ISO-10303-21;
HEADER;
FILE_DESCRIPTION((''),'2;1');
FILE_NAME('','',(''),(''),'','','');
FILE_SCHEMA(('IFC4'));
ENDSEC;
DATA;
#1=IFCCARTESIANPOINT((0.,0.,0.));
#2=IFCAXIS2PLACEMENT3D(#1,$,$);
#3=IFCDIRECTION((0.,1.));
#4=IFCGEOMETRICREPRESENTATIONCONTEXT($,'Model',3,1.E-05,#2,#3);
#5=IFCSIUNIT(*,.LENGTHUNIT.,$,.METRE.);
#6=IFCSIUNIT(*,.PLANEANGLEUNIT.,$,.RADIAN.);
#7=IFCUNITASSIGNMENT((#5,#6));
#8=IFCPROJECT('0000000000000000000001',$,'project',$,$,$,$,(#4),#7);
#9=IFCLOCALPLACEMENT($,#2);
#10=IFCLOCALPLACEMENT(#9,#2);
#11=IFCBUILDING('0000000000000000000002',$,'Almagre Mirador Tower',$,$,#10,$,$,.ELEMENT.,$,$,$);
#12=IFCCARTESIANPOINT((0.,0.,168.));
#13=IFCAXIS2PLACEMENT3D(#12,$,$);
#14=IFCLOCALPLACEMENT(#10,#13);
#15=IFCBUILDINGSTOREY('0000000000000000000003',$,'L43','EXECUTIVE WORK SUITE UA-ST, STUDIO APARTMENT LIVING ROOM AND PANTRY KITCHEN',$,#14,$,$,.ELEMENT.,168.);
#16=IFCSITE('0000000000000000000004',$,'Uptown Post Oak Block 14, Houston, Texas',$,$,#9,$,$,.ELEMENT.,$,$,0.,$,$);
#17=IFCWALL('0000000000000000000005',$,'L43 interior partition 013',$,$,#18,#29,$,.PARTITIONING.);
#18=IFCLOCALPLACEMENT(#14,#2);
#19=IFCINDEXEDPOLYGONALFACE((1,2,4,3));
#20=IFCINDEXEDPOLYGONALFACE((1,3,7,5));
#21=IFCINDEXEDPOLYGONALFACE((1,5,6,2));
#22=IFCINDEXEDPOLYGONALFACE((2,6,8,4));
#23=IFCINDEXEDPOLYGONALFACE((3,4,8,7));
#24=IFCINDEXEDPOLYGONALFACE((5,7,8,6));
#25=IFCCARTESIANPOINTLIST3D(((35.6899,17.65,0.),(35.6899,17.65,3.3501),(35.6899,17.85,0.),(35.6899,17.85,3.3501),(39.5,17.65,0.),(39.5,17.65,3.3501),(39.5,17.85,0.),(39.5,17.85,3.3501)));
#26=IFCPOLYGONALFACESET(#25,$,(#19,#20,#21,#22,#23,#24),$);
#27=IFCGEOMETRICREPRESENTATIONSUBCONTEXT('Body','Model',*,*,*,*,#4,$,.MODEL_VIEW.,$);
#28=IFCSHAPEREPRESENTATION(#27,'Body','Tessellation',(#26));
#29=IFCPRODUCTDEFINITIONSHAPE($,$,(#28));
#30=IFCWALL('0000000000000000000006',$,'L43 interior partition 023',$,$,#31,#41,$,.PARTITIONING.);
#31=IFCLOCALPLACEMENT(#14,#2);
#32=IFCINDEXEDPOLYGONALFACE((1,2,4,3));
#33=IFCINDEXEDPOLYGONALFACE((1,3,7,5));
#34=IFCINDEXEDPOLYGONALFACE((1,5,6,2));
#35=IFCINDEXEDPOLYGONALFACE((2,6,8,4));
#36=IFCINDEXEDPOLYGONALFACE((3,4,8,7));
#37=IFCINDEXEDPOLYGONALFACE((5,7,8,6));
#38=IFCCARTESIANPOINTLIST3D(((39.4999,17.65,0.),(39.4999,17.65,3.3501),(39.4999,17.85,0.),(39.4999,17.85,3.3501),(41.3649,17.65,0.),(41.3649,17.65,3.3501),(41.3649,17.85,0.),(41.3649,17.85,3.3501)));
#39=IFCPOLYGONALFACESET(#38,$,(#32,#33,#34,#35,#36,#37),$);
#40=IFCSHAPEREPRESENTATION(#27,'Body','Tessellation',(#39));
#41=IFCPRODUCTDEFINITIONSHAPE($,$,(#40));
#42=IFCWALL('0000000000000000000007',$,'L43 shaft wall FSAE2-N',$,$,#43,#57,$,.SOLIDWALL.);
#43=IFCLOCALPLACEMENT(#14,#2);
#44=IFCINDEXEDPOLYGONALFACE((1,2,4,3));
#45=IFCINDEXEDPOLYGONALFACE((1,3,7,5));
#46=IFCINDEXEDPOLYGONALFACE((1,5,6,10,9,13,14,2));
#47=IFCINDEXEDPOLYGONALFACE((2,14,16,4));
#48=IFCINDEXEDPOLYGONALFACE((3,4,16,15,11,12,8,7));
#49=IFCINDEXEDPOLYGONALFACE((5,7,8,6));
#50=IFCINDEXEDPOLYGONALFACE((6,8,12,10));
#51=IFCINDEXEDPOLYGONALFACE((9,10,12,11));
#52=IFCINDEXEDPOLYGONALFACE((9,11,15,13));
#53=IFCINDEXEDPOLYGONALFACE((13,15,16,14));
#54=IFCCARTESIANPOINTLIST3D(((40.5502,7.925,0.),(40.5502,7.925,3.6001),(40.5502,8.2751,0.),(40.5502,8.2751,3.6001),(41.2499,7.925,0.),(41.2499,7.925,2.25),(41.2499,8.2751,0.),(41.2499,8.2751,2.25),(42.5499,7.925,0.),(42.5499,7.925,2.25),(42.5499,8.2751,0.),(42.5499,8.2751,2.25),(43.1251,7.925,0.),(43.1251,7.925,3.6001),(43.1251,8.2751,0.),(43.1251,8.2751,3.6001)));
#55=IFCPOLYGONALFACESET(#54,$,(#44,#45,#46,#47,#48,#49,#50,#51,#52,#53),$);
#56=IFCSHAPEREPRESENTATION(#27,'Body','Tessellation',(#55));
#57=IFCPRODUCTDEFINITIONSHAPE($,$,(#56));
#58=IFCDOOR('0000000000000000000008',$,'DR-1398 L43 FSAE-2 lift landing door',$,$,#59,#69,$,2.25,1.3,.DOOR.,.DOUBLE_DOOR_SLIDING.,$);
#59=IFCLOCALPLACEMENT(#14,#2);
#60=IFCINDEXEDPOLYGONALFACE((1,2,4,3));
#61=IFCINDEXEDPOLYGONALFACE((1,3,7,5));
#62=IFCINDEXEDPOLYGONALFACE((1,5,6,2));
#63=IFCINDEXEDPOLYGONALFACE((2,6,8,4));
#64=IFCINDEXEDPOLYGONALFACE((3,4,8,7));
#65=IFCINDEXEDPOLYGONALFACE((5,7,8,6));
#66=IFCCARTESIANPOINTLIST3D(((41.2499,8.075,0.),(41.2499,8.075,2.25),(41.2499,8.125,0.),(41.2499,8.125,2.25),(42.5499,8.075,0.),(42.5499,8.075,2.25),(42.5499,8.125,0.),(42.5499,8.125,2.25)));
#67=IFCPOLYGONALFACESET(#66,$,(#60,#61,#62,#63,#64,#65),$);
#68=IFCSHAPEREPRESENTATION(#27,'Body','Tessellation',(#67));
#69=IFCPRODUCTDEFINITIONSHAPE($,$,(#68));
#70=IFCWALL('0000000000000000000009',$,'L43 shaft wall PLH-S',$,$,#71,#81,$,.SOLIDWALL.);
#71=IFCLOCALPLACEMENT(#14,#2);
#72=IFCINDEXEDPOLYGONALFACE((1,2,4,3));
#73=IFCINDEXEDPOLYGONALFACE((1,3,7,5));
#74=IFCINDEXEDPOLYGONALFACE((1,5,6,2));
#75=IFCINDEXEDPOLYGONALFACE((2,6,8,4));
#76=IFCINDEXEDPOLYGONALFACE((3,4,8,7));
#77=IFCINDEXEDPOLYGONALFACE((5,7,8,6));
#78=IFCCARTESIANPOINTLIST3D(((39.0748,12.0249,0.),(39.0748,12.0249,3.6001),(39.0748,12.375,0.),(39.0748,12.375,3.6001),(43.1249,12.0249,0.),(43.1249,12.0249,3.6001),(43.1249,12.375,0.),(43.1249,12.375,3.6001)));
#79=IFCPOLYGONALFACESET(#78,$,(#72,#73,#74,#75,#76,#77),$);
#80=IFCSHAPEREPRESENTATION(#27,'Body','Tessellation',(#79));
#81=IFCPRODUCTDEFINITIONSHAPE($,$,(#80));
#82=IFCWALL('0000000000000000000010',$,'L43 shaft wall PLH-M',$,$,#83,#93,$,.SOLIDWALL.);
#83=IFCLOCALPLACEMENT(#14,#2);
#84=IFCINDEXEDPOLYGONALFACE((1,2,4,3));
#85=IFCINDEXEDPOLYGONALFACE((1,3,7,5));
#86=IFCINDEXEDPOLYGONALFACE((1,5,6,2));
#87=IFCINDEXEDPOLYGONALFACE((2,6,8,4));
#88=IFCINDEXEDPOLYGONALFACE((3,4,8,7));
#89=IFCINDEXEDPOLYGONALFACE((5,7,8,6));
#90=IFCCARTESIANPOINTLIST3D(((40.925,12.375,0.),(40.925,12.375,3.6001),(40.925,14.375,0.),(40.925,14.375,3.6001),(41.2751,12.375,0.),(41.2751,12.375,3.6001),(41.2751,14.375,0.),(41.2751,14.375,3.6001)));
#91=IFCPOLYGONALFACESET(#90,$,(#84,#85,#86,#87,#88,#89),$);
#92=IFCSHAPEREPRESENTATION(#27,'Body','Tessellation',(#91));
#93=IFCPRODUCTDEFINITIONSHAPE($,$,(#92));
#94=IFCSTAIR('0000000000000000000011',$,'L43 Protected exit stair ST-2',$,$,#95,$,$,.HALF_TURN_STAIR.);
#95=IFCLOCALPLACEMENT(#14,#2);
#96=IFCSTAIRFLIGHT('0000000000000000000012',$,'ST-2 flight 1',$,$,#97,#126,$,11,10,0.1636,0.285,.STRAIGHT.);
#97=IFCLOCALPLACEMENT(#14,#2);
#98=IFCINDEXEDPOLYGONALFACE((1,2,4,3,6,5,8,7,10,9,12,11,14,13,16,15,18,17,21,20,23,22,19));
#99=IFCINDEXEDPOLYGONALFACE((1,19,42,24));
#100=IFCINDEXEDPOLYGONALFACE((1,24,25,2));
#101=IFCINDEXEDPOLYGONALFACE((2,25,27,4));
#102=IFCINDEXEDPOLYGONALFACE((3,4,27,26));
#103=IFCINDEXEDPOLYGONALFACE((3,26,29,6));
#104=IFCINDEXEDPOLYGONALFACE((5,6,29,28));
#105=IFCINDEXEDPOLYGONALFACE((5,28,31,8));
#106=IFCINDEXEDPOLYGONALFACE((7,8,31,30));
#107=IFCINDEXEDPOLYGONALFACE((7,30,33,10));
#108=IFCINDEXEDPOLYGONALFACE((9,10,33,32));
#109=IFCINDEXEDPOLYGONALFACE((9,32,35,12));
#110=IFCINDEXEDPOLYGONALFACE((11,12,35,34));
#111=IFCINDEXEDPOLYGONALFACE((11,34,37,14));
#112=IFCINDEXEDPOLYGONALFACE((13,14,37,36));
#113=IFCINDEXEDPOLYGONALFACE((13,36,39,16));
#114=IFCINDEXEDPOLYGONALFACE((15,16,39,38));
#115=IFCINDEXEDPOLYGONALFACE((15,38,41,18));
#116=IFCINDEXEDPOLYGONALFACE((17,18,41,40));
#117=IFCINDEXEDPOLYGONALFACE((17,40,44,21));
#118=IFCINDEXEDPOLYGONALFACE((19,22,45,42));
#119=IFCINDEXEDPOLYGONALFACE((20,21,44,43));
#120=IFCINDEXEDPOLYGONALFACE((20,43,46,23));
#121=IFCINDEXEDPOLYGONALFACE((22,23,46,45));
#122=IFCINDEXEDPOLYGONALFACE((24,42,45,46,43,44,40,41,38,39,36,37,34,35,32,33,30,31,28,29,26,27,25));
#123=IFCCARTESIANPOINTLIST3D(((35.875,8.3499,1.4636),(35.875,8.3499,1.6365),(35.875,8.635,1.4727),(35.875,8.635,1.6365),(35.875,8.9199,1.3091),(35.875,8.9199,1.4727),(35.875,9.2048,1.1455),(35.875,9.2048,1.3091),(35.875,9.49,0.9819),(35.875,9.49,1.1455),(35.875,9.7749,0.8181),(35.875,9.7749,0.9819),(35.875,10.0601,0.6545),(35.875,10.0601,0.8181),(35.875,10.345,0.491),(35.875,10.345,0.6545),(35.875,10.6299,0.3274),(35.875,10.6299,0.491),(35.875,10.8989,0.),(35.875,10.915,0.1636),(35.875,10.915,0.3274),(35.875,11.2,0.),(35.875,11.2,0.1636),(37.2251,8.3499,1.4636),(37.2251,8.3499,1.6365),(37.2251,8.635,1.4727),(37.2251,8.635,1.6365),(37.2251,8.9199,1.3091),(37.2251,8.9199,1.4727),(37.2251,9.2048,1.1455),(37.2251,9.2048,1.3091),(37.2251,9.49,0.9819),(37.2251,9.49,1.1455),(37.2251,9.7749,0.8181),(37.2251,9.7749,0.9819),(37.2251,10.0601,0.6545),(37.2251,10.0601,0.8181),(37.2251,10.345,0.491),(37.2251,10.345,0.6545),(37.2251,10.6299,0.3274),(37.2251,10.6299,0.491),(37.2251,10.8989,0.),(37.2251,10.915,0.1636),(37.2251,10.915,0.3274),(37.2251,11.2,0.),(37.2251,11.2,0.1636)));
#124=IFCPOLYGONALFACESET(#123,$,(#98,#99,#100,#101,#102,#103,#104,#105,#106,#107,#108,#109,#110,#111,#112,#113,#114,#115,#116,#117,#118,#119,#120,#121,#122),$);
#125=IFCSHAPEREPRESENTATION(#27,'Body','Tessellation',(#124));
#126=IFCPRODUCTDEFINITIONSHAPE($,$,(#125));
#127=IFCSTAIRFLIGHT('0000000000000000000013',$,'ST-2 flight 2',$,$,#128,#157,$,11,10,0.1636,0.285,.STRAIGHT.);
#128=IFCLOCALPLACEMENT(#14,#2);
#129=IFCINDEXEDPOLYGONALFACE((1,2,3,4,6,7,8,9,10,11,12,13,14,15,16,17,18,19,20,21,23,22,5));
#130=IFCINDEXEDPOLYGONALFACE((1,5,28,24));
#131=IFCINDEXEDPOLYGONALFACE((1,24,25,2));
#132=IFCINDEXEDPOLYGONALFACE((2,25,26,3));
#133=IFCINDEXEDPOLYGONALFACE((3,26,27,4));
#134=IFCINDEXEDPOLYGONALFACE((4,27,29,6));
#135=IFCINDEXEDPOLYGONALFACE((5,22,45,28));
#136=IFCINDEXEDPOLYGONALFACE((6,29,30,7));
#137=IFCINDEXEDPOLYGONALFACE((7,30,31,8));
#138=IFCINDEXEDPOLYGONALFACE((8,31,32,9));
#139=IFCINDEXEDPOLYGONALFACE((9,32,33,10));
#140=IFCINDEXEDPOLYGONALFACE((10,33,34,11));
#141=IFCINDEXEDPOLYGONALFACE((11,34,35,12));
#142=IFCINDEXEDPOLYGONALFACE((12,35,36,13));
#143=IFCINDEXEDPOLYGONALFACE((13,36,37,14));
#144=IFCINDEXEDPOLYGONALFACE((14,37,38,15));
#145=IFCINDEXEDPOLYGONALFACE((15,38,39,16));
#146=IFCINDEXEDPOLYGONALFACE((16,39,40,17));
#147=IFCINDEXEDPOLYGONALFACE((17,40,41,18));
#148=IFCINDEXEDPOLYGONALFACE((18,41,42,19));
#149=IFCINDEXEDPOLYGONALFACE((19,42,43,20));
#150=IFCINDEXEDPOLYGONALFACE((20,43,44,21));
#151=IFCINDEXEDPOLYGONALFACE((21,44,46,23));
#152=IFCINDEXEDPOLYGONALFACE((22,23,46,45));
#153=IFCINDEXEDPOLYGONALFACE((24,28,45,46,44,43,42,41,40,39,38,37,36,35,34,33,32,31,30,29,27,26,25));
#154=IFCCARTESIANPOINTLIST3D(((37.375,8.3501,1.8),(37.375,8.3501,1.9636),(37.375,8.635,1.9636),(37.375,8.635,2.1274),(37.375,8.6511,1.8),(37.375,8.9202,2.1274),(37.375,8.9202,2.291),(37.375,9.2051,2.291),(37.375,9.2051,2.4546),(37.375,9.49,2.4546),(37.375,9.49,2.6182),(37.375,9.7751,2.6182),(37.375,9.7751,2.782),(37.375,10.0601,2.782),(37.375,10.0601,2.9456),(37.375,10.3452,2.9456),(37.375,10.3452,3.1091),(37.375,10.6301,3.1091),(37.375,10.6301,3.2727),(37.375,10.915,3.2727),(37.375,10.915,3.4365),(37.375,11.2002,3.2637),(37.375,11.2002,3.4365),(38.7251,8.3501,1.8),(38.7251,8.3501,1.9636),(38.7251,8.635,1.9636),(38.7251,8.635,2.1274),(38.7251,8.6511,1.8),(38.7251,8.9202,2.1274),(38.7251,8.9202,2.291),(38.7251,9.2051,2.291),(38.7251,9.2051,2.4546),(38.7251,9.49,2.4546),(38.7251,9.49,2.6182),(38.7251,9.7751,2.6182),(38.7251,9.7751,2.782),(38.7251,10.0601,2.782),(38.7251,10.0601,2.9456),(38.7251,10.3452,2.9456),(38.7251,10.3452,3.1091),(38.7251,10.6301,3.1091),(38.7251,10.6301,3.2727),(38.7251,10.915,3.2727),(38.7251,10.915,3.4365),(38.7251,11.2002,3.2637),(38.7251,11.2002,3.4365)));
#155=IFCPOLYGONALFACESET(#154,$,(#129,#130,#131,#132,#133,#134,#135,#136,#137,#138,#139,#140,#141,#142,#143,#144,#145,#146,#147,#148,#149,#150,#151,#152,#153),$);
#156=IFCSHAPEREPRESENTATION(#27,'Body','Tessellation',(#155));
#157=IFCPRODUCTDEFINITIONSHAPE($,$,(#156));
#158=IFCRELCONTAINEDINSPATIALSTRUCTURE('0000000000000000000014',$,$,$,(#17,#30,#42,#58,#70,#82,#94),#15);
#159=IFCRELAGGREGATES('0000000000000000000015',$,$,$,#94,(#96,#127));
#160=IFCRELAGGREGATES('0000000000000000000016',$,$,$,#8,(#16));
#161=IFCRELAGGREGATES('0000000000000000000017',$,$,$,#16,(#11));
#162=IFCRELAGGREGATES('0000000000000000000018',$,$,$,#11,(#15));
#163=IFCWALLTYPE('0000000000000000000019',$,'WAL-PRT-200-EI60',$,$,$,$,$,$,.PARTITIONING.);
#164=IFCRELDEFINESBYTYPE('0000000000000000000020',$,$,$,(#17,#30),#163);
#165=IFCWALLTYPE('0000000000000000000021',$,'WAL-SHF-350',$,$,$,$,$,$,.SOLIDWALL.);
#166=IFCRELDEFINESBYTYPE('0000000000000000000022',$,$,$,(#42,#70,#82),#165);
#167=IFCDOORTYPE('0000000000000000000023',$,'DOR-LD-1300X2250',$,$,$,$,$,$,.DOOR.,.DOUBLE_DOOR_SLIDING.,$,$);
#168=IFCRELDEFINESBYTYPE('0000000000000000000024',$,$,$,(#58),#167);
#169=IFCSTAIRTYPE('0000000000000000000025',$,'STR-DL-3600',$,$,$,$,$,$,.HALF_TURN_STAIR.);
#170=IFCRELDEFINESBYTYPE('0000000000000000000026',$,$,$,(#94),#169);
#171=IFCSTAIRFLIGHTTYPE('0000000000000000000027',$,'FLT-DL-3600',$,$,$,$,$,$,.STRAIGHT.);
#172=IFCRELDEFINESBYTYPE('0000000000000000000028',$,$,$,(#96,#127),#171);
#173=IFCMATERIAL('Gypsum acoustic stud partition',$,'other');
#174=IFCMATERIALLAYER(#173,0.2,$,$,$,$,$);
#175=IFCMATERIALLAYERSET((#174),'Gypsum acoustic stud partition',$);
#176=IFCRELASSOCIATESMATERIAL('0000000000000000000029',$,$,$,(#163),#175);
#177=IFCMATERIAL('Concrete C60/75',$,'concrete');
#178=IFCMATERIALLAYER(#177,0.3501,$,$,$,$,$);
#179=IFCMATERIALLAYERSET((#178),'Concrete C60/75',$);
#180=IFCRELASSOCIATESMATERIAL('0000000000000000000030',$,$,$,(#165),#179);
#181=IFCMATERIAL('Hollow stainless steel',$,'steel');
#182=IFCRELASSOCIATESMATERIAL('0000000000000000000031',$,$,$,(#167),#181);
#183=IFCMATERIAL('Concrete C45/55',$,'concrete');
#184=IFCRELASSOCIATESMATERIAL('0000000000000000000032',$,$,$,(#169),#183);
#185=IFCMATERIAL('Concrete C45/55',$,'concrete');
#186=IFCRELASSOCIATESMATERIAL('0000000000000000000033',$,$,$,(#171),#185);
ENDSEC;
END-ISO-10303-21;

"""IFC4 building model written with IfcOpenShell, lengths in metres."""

from ifc_helpers import new_model, si_unit, direction, frame, frame_2d, origin, place, context, subcontext, project, spatial, polyline, rectangle, outline, extrude, material, layer, layer_set, type_object, element, fill, aggregate, save


model = new_model("IFC4")

# Units and contexts
model_context = context("Model", 3, precision=1e-05, world=origin(), true_north=direction((0.0, 1.0)))
body_context = subcontext(model_context, "Body", "Model", "MODEL_VIEW")
ifc_project = project(units=[si_unit("LENGTHUNIT", "METRE"), si_unit("PLANEANGLEUNIT", "RADIAN")], contexts=[model_context])

# Site, building, storey
site_placement = place(None, origin())
site = spatial("IfcSite", under=ifc_project, at=site_placement, Name="Uptown Post Oak Block 14, Houston, Texas", CompositionType="ELEMENT", RefElevation=0.0)
building_placement = place(site_placement, origin())
building = spatial("IfcBuilding", under=site, at=building_placement, Name="Almagre Mirador Tower", CompositionType="ELEMENT")
storey_placement = place(building_placement, frame((0.0, 0.0, 168.0)))
storey = spatial("IfcBuildingStorey", under=building, at=storey_placement, Name="L43", Description="EXECUTIVE WORK SUITE UA-ST, STUDIO APARTMENT LIVING ROOM AND PANTRY KITCHEN", CompositionType="ELEMENT", Elevation=168.0)

# Walls
ifc_material_1 = material(Name="Gypsum acoustic stud partition", Category="other")
ifc_layer_1 = layer(ifc_material_1, 0.2)
ifc_layer_set_1 = layer_set([ifc_layer_1], Name="Gypsum acoustic stud partition")
wall_type_1 = type_object("IfcWallType", Name="WAL-PRT-200-EI60", PredefinedType="PARTITIONING", material=ifc_layer_set_1)
wall_1_placement = place(storey_placement, frame((39.5, 17.75, 0.0), z_axis=(0.0, 0.0, 1.0), x_axis=(-1.0, 0.0, 0.0)))
element("IfcWall", 1, at=wall_1_placement, inside=storey, type_object=wall_type_1, Name="L43 interior partition 013", PredefinedType="PARTITIONING", context=body_context, shape_type="SweptSolid", body=[
    extrude(rectangle(XDim=3.8101, YDim=0.2, at=frame_2d((1.905, 0.0))), origin(), (0.0, 0.0, 1.0), 3.3501),
])
wall_2_placement = place(storey_placement, frame((41.365, 17.75, 0.0), z_axis=(0.0, 0.0, 1.0), x_axis=(-1.0, 0.0, 0.0)))
element("IfcWall", 2, at=wall_2_placement, inside=storey, type_object=wall_type_1, Name="L43 interior partition 023", PredefinedType="PARTITIONING", context=body_context, shape_type="SweptSolid", body=[
    extrude(rectangle(XDim=1.865, YDim=0.2, at=frame_2d((0.9326, 0.0))), origin(), (0.0, 0.0, 1.0), 3.3501),
])

# Wall, opening, door
ifc_material_2 = material(Name="Concrete C60/75", Category="concrete")
ifc_layer_2 = layer(ifc_material_2, 0.3501)
ifc_layer_set_2 = layer_set([ifc_layer_2], Name="Concrete C60/75")
wall_type_2 = type_object("IfcWallType", Name="WAL-SHF-350", PredefinedType="SOLIDWALL", material=ifc_layer_set_2)
wall_3_placement = place(storey_placement, frame((40.55, 8.1001, 0.0), z_axis=(0.0, 0.0, 1.0), x_axis=(1.0, 0.0, 0.0)))
wall_3 = element("IfcWall", 3, at=wall_3_placement, inside=storey, type_object=wall_type_2, Name="L43 shaft wall FSAE2-N", PredefinedType="SOLIDWALL", context=body_context, shape_type="SweptSolid", body=[
    extrude(rectangle(XDim=2.575, YDim=0.3501, at=frame_2d((1.2876, 0.0))), origin(), (0.0, 0.0, 1.0), 3.6001),
])
opening_placement = place(wall_3_placement, frame((0.7, 0.0, 0.0)))
opening = element("IfcOpeningElement", 4, at=opening_placement, cuts=wall_3, PredefinedType="OPENING", context=body_context, shape_type="SweptSolid", body=[
    extrude(rectangle(XDim=1.3, YDim=2.25, at=frame_2d((0.6499, 1.125))), frame((0.0, 0.185, 0.0), z_axis=(0.0, -1.0, 0.0), x_axis=(1.0, 0.0, 0.0)), (0.0, 0.0, 1.0), 0.3701),
])
ifc_material_3 = material(Name="Hollow stainless steel", Category="steel")
door_type = type_object("IfcDoorType", Name="DOR-LD-1300X2250", OperationType="DOUBLE_DOOR_SLIDING", PredefinedType="DOOR", material=ifc_material_3)
door_placement = place(opening_placement, origin())
door = element("IfcDoor", 5, at=door_placement, inside=storey, type_object=door_type, Name="DR-1398 L43 FSAE-2 lift landing door", OperationType="DOUBLE_DOOR_SLIDING", OverallHeight=2.25, OverallWidth=1.3, PredefinedType="DOOR", context=body_context, shape_type="SweptSolid", body=[
    extrude(rectangle(XDim=1.3, YDim=2.25, at=frame_2d((0.6499, 1.125))), frame((0.0, 0.0249, 0.0), z_axis=(0.0, -1.0, 0.0), x_axis=(1.0, 0.0, 0.0)), (0.0, 0.0, 1.0), 0.05),
])
fill(opening, door)

# Walls
wall_4_placement = place(storey_placement, frame((39.075, 12.2, 0.0), z_axis=(0.0, 0.0, 1.0), x_axis=(1.0, 0.0, 0.0)))
element("IfcWall", 6, at=wall_4_placement, inside=storey, type_object=wall_type_2, Name="L43 shaft wall PLH-S", PredefinedType="SOLIDWALL", context=body_context, shape_type="SweptSolid", body=[
    extrude(rectangle(XDim=4.05, YDim=0.3501, at=frame_2d((2.0249, 0.0))), origin(), (0.0, 0.0, 1.0), 3.6001),
])
wall_5_placement = place(storey_placement, frame((41.1001, 12.375, 0.0), z_axis=(0.0, 0.0, 1.0), x_axis=(0.0, 1.0, 0.0)))
element("IfcWall", 7, at=wall_5_placement, inside=storey, type_object=wall_type_2, Name="L43 shaft wall PLH-M", PredefinedType="SOLIDWALL", context=body_context, shape_type="SweptSolid", body=[
    extrude(rectangle(XDim=2.0, YDim=0.3501, at=frame_2d((1.0, 0.0))), origin(), (0.0, 0.0, 1.0), 3.6001),
])

# Stair, stair flights
ifc_material_4 = material(Name="Concrete C45/55", Category="concrete")
stair_type = type_object("IfcStairType", Name="STR-DL-3600", PredefinedType="HALF_TURN_STAIR", material=ifc_material_4)
stair_1_placement = place(storey_placement, origin())
stair_1 = element("IfcStair", 8, at=stair_1_placement, inside=storey, type_object=stair_type, Name="L43 Protected exit stair ST-2", PredefinedType="HALF_TURN_STAIR")
ifc_material_5 = material(Name="Concrete C45/55", Category="concrete")
stair_flight_type = type_object("IfcStairFlightType", Name="FLT-DL-3600", PredefinedType="STRAIGHT", material=ifc_material_5)
stair_flight_1_placement = place(storey_placement, frame((36.55, 11.2, 0.0), z_axis=(0.0, 0.0, 1.0), x_axis=(0.0, -1.0, 0.0)))
stair_flight_1 = element("IfcStairFlight", 9, at=stair_flight_1_placement, type_object=stair_flight_type, Name="ST-2 flight 1", NumberOfRisers=11, NumberOfTreads=10, PredefinedType="STRAIGHT", RiserHeight=0.1636, TreadLength=0.285, context=body_context, shape_type="SweptSolid", body=[
    extrude(outline(polyline([(0.0, 0.0), (0.0, 0.1636), (0.2849, 0.1636), (0.2849, 0.3274), (0.5701, 0.3274), (0.5701, 0.491), (0.855, 0.491), (0.855, 0.6545), (1.1399, 0.6545), (1.1399, 0.8181), (1.425, 0.8181), (1.425, 0.9819), (1.71, 0.9819), (1.71, 1.1455), (1.9951, 1.1455), (1.9951, 1.3091), (2.28, 1.3091), (2.28, 1.4727), (2.5649, 1.4727), (2.5649, 1.6365), (2.8501, 1.6365), (2.8501, 1.8), (2.8501, 1.4636), (0.301, 0.0), (0.0, 0.0)])), frame((0.0, 0.675, 0.0), z_axis=(0.0, -1.0, 0.0), x_axis=(1.0, 0.0, 0.0)), (0.0, 0.0, 1.0), 1.3501),
])
stair_flight_2_placement = place(storey_placement, frame((38.05, 8.3501, 1.8), z_axis=(0.0, 0.0, 1.0), x_axis=(0.0, 1.0, 0.0)))
stair_flight_2 = element("IfcStairFlight", 10, at=stair_flight_2_placement, type_object=stair_flight_type, Name="ST-2 flight 2", NumberOfRisers=11, NumberOfTreads=10, PredefinedType="STRAIGHT", RiserHeight=0.1636, TreadLength=0.285, context=body_context, shape_type="SweptSolid", body=[
    extrude(outline(polyline([(0.0, 0.0), (0.0, 0.1636), (0.2849, 0.1636), (0.2849, 0.3274), (0.5701, 0.3274), (0.5701, 0.491), (0.855, 0.491), (0.855, 0.6545), (1.1399, 0.6545), (1.1399, 0.8181), (1.425, 0.8181), (1.425, 0.9819), (1.71, 0.9819), (1.71, 1.1455), (1.9951, 1.1455), (1.9951, 1.3091), (2.28, 1.3091), (2.28, 1.4727), (2.5649, 1.4727), (2.5649, 1.6365), (2.8501, 1.6365), (2.8501, 1.8), (2.8501, 1.4636), (0.301, 0.0), (0.0, 0.0)])), frame((0.0, 0.675, 0.0), z_axis=(0.0, -1.0, 0.0), x_axis=(1.0, 0.0, 0.0)), (0.0, 0.0, 1.0), 1.3501),
])
aggregate(stair_1, [stair_flight_1, stair_flight_2])

save(model, "model.ifc")
